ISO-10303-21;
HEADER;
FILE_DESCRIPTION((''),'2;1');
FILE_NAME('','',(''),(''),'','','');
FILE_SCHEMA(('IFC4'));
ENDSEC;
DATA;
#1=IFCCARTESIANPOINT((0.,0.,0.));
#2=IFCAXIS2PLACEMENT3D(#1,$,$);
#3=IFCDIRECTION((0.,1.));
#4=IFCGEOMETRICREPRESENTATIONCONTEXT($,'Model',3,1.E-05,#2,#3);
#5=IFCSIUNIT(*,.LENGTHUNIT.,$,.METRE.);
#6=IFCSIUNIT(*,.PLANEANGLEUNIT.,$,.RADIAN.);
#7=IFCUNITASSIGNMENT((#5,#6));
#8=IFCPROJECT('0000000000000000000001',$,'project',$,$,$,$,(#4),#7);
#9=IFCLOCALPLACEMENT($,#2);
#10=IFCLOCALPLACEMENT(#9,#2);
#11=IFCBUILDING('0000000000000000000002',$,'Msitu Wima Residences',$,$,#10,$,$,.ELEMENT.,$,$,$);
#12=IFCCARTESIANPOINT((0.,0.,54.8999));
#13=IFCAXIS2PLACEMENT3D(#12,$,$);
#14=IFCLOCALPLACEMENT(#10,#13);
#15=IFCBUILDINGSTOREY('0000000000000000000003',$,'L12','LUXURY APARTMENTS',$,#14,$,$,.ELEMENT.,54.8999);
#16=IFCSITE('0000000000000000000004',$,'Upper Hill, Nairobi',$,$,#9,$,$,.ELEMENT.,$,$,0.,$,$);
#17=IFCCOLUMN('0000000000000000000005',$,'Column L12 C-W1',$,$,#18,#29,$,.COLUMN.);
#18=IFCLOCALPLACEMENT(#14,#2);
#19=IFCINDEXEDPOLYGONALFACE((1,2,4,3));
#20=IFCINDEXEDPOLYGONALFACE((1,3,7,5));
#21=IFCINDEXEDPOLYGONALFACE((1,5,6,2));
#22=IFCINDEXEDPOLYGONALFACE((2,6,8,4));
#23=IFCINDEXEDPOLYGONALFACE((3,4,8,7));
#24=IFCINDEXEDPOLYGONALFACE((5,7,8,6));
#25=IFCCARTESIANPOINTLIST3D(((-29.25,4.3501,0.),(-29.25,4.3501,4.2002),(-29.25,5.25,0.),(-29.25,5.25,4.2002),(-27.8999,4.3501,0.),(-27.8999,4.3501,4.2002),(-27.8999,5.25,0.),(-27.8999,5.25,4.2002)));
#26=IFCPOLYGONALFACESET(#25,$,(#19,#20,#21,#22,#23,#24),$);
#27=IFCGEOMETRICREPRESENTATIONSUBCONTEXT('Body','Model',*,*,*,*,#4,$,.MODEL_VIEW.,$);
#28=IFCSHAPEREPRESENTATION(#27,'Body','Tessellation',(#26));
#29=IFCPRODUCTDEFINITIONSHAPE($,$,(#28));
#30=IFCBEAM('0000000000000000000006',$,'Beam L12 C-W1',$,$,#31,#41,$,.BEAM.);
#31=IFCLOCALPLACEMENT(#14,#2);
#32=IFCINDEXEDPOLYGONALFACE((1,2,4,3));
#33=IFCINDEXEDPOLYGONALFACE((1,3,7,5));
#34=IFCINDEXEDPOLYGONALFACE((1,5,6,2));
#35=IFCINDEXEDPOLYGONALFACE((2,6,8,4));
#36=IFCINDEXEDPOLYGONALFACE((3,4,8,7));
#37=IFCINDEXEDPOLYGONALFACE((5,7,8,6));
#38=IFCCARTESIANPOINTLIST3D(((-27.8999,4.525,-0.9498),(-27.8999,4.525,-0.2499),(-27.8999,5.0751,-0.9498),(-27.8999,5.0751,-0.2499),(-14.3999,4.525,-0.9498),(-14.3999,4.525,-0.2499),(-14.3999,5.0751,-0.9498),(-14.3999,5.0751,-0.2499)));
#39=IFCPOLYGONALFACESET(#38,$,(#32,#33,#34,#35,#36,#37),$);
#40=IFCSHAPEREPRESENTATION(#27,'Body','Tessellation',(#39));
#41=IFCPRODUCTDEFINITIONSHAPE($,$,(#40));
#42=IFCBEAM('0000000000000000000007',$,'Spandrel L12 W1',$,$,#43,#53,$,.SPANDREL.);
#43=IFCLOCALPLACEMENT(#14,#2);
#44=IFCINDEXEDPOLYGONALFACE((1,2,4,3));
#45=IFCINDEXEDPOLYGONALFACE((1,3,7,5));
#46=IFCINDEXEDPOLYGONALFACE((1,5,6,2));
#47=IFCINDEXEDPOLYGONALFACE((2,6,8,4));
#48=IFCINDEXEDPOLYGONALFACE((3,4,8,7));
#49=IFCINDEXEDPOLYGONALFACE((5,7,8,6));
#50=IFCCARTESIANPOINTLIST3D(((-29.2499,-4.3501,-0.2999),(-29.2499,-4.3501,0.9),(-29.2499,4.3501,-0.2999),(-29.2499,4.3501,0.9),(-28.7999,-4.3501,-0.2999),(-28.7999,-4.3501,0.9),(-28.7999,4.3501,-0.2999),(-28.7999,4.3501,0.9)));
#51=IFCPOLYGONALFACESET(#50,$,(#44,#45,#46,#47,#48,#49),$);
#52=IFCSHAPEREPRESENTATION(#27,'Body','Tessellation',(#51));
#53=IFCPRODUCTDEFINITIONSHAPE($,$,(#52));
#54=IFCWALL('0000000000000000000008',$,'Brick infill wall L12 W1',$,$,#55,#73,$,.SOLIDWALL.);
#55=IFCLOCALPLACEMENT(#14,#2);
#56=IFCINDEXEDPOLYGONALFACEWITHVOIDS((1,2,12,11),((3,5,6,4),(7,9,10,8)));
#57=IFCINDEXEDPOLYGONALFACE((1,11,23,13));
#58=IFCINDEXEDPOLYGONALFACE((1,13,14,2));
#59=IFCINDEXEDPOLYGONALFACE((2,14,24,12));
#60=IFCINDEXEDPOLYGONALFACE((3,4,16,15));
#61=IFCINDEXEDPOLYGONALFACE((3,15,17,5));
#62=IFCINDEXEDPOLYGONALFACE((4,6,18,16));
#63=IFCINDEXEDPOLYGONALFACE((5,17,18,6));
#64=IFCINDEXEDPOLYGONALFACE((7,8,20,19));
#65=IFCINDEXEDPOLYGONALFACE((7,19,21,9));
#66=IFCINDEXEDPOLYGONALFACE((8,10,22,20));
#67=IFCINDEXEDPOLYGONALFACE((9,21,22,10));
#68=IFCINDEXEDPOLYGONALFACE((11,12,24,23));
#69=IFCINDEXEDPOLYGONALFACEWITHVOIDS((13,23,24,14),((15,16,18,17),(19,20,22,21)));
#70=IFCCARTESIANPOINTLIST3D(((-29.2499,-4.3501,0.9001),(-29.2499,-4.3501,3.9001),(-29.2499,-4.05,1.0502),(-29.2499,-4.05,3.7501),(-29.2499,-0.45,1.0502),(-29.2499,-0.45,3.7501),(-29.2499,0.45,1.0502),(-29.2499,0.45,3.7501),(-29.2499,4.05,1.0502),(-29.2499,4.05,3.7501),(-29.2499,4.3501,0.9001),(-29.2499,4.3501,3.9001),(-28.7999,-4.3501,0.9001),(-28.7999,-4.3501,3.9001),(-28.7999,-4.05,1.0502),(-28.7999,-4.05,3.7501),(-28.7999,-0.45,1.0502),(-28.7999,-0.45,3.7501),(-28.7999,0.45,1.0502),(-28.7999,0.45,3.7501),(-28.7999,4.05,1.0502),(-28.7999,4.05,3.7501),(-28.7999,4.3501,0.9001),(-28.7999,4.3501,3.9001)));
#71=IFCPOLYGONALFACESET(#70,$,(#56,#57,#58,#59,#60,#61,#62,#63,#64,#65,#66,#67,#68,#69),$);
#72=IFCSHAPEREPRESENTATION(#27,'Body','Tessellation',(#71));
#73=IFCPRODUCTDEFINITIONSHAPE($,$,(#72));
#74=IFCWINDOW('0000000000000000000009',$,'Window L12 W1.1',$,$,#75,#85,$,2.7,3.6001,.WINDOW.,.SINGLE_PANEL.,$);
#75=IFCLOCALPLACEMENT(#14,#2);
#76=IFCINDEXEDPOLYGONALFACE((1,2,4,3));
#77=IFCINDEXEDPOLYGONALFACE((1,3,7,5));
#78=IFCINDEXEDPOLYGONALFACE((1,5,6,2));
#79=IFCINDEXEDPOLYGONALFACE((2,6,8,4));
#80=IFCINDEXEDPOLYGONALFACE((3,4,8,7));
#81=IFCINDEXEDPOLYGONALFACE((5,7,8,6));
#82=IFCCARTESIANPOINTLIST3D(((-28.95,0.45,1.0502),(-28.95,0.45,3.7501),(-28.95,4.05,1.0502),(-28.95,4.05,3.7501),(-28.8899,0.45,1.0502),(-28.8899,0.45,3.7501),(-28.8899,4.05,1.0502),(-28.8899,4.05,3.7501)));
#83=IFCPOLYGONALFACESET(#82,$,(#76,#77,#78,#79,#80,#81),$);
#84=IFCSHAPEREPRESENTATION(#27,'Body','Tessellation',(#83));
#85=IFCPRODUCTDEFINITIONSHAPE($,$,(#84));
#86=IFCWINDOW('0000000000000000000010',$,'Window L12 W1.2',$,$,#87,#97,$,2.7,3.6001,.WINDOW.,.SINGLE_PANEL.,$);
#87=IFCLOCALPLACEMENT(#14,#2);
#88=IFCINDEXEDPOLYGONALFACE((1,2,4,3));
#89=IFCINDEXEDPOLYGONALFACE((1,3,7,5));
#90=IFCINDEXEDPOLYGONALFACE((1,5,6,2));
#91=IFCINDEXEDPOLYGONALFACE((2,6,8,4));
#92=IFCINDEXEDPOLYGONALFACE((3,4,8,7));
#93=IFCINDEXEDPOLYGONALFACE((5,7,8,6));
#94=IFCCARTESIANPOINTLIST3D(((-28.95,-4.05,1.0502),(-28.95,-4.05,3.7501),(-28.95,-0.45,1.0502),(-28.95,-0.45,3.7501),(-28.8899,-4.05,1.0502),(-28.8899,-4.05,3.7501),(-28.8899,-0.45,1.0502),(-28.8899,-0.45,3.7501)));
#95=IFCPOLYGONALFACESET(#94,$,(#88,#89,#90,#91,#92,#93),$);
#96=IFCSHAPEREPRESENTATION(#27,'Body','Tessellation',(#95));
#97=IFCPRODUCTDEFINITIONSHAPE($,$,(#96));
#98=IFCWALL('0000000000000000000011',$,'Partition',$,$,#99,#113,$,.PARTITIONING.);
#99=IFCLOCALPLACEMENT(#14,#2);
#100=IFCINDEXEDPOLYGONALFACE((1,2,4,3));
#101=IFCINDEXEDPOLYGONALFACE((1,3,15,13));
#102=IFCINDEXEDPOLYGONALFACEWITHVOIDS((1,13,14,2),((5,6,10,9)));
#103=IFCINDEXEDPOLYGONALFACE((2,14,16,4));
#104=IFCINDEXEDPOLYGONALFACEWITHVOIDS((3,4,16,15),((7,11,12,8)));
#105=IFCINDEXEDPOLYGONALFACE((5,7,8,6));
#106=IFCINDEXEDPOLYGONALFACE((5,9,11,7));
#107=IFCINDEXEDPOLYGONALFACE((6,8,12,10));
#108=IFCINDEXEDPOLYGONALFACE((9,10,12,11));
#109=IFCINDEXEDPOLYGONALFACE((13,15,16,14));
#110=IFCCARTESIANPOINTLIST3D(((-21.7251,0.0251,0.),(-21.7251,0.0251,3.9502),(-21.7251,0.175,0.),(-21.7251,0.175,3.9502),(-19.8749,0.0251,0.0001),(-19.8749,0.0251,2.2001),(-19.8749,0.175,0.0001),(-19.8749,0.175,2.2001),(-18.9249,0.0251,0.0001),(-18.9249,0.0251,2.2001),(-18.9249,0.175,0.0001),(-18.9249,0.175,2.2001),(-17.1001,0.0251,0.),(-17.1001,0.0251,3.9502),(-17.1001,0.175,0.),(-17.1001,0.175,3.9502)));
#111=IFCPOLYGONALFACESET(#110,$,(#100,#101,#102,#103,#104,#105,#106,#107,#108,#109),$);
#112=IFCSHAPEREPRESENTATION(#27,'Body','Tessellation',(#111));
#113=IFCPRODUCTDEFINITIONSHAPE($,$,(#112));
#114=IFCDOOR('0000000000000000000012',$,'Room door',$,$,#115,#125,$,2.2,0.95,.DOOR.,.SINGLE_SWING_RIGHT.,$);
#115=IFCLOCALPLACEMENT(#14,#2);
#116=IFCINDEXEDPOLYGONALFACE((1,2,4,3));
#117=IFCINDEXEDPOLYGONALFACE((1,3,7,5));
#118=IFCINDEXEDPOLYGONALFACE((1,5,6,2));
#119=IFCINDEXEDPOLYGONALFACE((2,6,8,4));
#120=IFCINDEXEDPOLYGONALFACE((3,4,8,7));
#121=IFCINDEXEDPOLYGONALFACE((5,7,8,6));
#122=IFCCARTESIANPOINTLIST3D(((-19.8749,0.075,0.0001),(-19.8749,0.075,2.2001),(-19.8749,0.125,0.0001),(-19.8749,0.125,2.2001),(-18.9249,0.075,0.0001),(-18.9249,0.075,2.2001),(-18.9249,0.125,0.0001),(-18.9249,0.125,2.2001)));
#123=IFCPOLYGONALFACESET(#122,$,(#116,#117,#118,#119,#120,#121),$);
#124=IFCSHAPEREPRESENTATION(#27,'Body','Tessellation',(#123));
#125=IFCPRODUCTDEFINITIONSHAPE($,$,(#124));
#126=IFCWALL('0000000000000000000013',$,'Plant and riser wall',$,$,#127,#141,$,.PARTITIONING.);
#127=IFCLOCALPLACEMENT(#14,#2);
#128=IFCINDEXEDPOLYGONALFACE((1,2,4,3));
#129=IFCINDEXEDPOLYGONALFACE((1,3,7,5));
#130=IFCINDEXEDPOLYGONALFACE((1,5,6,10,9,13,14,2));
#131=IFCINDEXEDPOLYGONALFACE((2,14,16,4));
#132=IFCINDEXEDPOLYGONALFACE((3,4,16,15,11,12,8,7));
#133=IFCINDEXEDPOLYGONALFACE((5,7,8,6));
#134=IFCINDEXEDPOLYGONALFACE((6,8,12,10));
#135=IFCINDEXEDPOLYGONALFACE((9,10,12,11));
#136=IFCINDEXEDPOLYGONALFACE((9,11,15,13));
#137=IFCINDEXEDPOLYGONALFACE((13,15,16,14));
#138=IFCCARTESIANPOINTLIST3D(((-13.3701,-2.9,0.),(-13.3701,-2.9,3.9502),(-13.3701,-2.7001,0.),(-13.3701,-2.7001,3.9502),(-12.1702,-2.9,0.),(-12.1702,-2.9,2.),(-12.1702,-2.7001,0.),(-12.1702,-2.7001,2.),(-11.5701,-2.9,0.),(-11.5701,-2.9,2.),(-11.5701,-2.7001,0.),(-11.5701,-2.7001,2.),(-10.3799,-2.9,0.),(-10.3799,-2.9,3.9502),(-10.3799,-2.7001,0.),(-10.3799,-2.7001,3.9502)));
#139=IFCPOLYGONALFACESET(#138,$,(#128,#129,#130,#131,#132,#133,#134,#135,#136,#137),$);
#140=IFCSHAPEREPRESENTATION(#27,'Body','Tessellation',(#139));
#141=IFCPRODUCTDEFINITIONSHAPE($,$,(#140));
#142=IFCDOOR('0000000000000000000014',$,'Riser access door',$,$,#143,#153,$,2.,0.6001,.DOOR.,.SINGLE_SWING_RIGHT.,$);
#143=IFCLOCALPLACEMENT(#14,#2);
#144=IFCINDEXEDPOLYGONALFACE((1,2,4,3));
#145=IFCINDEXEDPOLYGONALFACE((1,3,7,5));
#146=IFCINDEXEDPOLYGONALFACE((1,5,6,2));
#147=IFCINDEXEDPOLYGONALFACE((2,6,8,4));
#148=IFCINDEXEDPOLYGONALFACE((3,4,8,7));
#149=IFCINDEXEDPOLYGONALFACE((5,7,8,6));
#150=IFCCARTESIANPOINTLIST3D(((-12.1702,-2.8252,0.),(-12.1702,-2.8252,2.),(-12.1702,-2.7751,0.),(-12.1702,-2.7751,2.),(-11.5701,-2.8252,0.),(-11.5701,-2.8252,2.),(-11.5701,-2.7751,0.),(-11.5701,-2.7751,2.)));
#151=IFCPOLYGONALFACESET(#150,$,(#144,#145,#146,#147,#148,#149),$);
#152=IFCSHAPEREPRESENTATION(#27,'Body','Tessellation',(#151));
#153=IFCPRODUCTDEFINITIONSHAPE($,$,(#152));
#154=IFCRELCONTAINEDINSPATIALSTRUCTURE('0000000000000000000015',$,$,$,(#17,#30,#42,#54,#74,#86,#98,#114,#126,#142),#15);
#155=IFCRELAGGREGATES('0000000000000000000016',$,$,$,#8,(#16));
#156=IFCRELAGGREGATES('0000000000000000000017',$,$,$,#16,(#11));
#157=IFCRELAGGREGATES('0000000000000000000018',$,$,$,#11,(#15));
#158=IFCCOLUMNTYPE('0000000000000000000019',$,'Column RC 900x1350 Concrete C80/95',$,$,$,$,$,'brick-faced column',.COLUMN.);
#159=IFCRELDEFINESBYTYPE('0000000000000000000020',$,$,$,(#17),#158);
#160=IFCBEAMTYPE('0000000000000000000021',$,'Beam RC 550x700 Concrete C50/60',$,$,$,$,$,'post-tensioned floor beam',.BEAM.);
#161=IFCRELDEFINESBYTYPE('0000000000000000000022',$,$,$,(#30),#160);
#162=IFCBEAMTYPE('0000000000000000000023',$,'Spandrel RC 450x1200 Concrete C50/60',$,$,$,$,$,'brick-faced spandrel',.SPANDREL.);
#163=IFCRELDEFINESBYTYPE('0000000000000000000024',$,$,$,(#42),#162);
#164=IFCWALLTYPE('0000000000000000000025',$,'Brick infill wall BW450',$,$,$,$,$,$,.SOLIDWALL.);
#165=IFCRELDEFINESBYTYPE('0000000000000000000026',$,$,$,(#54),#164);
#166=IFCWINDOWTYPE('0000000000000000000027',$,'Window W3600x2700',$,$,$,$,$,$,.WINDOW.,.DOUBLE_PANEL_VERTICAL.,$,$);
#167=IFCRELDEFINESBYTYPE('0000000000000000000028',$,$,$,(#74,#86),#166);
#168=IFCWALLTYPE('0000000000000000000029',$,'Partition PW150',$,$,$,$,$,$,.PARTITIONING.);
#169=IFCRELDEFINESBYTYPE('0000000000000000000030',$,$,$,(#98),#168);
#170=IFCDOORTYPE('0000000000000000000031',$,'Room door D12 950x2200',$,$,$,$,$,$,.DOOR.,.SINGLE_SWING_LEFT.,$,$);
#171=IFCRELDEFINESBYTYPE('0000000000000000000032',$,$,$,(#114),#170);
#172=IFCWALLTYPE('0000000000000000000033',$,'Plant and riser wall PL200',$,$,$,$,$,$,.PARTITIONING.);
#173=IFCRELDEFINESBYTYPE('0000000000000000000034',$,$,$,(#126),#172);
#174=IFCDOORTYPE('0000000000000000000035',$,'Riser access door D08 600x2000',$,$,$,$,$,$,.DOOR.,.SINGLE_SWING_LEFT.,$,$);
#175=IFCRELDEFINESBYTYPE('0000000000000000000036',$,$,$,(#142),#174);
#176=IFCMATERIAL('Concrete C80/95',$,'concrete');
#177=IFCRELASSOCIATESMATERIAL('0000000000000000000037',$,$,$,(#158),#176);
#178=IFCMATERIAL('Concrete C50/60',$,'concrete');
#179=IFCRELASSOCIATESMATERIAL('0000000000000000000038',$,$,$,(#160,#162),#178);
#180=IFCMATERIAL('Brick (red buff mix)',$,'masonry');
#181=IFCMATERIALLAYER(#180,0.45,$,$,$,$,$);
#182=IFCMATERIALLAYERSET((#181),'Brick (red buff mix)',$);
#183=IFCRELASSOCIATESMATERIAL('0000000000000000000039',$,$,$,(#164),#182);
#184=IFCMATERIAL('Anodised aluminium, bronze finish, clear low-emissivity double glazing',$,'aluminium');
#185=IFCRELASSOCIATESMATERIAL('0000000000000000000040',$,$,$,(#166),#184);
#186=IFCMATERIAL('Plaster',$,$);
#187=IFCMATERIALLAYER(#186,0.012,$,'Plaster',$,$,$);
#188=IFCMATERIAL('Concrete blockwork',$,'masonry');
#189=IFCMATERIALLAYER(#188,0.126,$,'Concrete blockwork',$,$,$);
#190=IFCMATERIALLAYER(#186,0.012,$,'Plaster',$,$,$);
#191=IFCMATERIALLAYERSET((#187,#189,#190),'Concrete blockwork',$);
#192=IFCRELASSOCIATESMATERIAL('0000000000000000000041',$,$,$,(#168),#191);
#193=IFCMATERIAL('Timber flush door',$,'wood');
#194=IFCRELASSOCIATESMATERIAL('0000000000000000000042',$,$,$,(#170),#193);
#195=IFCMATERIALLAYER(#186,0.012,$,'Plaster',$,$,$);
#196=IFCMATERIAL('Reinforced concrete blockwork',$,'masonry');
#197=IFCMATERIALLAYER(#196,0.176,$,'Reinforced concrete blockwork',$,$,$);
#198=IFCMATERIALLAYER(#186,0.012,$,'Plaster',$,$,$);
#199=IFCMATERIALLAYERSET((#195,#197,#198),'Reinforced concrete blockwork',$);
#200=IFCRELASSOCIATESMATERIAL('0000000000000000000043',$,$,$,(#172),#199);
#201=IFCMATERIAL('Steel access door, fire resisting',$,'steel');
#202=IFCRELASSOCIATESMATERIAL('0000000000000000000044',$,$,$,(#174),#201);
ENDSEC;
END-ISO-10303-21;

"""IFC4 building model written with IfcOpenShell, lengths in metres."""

from ifc_helpers import new_model, si_unit, direction, frame, frame_2d, origin, origin_2d, place, context, subcontext, project, spatial, rectangle, extrude, material, layer, layer_set, material_profile, profile_set, type_object, element, fill, save


model = new_model("IFC4")

# Units and contexts
model_context = context("Model", 3, precision=1e-05, world=origin(), true_north=direction((0.0, 1.0)))
body_context = subcontext(model_context, "Body", "Model", "MODEL_VIEW")
ifc_project = project(units=[si_unit("LENGTHUNIT", "METRE"), si_unit("PLANEANGLEUNIT", "RADIAN")], contexts=[model_context])

# Site, building, storey
site_placement = place(None, origin())
site = spatial("IfcSite", under=ifc_project, at=site_placement, Name="Upper Hill, Nairobi", CompositionType="ELEMENT", RefElevation=0.0)
building_placement = place(site_placement, origin())
building = spatial("IfcBuilding", under=site, at=building_placement, Name="Msitu Wima Residences", CompositionType="ELEMENT")
storey_placement = place(building_placement, frame((0.0, 0.0, 54.8999)))
storey = spatial("IfcBuildingStorey", under=building, at=storey_placement, Name="L12", Description="LUXURY APARTMENTS", CompositionType="ELEMENT", Elevation=54.8999)

# Column
ifc_material_1 = material(Name="Concrete C80/95", Category="concrete")
ifc_material_profile_1 = material_profile(ifc_material_1, rectangle(XDim=0.8999, YDim=1.3501, at=origin_2d()), Name="RC 900x1350")
ifc_profile_set_1 = profile_set([ifc_material_profile_1], Name="Concrete C80/95")
column_type = type_object("IfcColumnType", Name="Column RC 900x1350 Concrete C80/95", ElementType="brick-faced column", PredefinedType="COLUMN", material=ifc_profile_set_1)
column_placement = place(storey_placement, frame((-28.575, 4.8, 0.0), z_axis=(0.0, 0.0, 1.0), x_axis=(0.0, -1.0, 0.0)))
element("IfcColumn", 1, at=column_placement, inside=storey, type_object=column_type, Name="Column L12 C-W1", PredefinedType="COLUMN", context=body_context, shape_type="SweptSolid", body=[
    extrude(rectangle(XDim=0.8999, YDim=1.3501, at=origin_2d()), origin(), (0.0, 0.0, 1.0), 4.2002),
])

# Beams
ifc_material_2 = material(Name="Concrete C50/60", Category="concrete")
ifc_material_profile_2 = material_profile(ifc_material_2, rectangle(XDim=0.55, YDim=0.7, at=origin_2d()), Name="RC 550x700")
ifc_profile_set_2 = profile_set([ifc_material_profile_2], Name="Concrete C50/60")
beam_type_1 = type_object("IfcBeamType", Name="Beam RC 550x700 Concrete C50/60", ElementType="post-tensioned floor beam", PredefinedType="BEAM", material=ifc_profile_set_2)
beam_1_placement = place(storey_placement, frame((-27.8999, 4.8, -0.5999), z_axis=(1.0, 0.0, 0.0), x_axis=(0.0, 1.0, 0.0)))
element("IfcBeam", 2, at=beam_1_placement, inside=storey, type_object=beam_type_1, Name="Beam L12 C-W1", PredefinedType="BEAM", context=body_context, shape_type="SweptSolid", body=[
    extrude(rectangle(XDim=0.55, YDim=0.7, at=origin_2d()), origin(), (0.0, 0.0, 1.0), 13.5),
])
ifc_material_profile_3 = material_profile(ifc_material_2, rectangle(XDim=0.45, YDim=1.2, at=origin_2d()), Name="RC 450x1200")
ifc_profile_set_3 = profile_set([ifc_material_profile_3], Name="Concrete C50/60")
beam_type_2 = type_object("IfcBeamType", Name="Spandrel RC 450x1200 Concrete C50/60", ElementType="brick-faced spandrel", PredefinedType="SPANDREL", material=ifc_profile_set_3)
beam_2_placement = place(storey_placement, frame((-29.0249, 4.3501, 0.3), z_axis=(0.0, -1.0, 0.0), x_axis=(1.0, 0.0, 0.0)))
element("IfcBeam", 3, at=beam_2_placement, inside=storey, type_object=beam_type_2, Name="Spandrel L12 W1", PredefinedType="SPANDREL", context=body_context, shape_type="SweptSolid", body=[
    extrude(rectangle(XDim=0.45, YDim=1.2, at=origin_2d()), origin(), (0.0, 0.0, 1.0), 8.7002),
])

# Wall, openings, windows
ifc_material_3 = material(Name="Brick (red buff mix)", Category="masonry")
ifc_layer_1 = layer(ifc_material_3, 0.45)
ifc_layer_set_1 = layer_set([ifc_layer_1], Name="Brick (red buff mix)")
wall_type_1 = type_object("IfcWallType", Name="Brick infill wall BW450", PredefinedType="SOLIDWALL", material=ifc_layer_set_1)
wall_1_placement = place(storey_placement, frame((-29.0249, 4.3501, 0.9001), z_axis=(0.0, 0.0, 1.0), x_axis=(0.0, -1.0, 0.0)))
wall_1 = element("IfcWall", 4, at=wall_1_placement, inside=storey, type_object=wall_type_1, Name="Brick infill wall L12 W1", PredefinedType="SOLIDWALL", context=body_context, shape_type="SweptSolid", body=[
    extrude(rectangle(XDim=8.7002, YDim=0.45, at=frame_2d((4.3501, 0.0))), origin(), (0.0, 0.0, 1.0), 3.0),
])
opening_1_placement = place(wall_1_placement, frame((0.3, 0.0, 0.1499)))
opening_1 = element("IfcOpeningElement", 5, at=opening_1_placement, cuts=wall_1, PredefinedType="OPENING", context=body_context, shape_type="SweptSolid", body=[
    extrude(rectangle(XDim=3.6001, YDim=2.7, at=frame_2d((1.8, 1.3501))), frame((0.0, 0.2349, 0.0), z_axis=(0.0, -1.0, 0.0), x_axis=(1.0, 0.0, 0.0)), (0.0, 0.0, 1.0), 0.47),
])
opening_2_placement = place(wall_1_placement, frame((4.8, 0.0, 0.1499)))
opening_2 = element("IfcOpeningElement", 6, at=opening_2_placement, cuts=wall_1, PredefinedType="OPENING", context=body_context, shape_type="SweptSolid", body=[
    extrude(rectangle(XDim=3.6001, YDim=2.7, at=frame_2d((1.8, 1.3501))), frame((0.0, 0.2349, 0.0), z_axis=(0.0, -1.0, 0.0), x_axis=(1.0, 0.0, 0.0)), (0.0, 0.0, 1.0), 0.47),
])
ifc_material_4 = material(Name="Anodised aluminium, bronze finish, clear low-emissivity double glazing", Category="aluminium")
window_type = type_object("IfcWindowType", Name="Window W3600x2700", PartitioningType="DOUBLE_PANEL_VERTICAL", PredefinedType="WINDOW", material=ifc_material_4)
window_1_placement = place(opening_1_placement, origin())
window_1 = element("IfcWindow", 7, at=window_1_placement, inside=storey, type_object=window_type, Name="Window L12 W1.1", OverallHeight=2.7, OverallWidth=3.6001, PartitioningType="SINGLE_PANEL", PredefinedType="WINDOW", context=body_context, shape_type="SweptSolid", body=[
    extrude(rectangle(XDim=3.6001, YDim=2.7, at=frame_2d((1.8, 1.3501))), frame((0.0, 0.135, 0.0), z_axis=(0.0, -1.0, 0.0), x_axis=(1.0, 0.0, 0.0)), (0.0, 0.0, 1.0), 0.0601),
])
fill(opening_1, window_1)
window_2_placement = place(opening_2_placement, origin())
window_2 = element("IfcWindow", 8, at=window_2_placement, inside=storey, type_object=window_type, Name="Window L12 W1.2", OverallHeight=2.7, OverallWidth=3.6001, PartitioningType="SINGLE_PANEL", PredefinedType="WINDOW", context=body_context, shape_type="SweptSolid", body=[
    extrude(rectangle(XDim=3.6001, YDim=2.7, at=frame_2d((1.8, 1.3501))), frame((0.0, 0.135, 0.0), z_axis=(0.0, -1.0, 0.0), x_axis=(1.0, 0.0, 0.0)), (0.0, 0.0, 1.0), 0.0601),
])
fill(opening_2, window_2)

# Walls, openings, doors
ifc_material_5 = material(Name="Plaster")
ifc_layer_2 = layer(ifc_material_5, 0.012, Name="Plaster")
ifc_material_6 = material(Name="Concrete blockwork", Category="masonry")
ifc_layer_3 = layer(ifc_material_6, 0.126, Name="Concrete blockwork")
ifc_layer_4 = layer(ifc_material_5, 0.012, Name="Plaster")
ifc_layer_set_2 = layer_set([ifc_layer_2, ifc_layer_3, ifc_layer_4], Name="Concrete blockwork")
wall_type_2 = type_object("IfcWallType", Name="Partition PW150", PredefinedType="PARTITIONING", material=ifc_layer_set_2)
wall_2_placement = place(storey_placement, frame((-21.7251, 0.1001, 0.0), z_axis=(0.0, 0.0, 1.0), x_axis=(1.0, 0.0, 0.0)))
wall_2 = element("IfcWall", 9, at=wall_2_placement, inside=storey, type_object=wall_type_2, Name="Partition", PredefinedType="PARTITIONING", context=body_context, shape_type="SweptSolid", body=[
    extrude(rectangle(XDim=4.625, YDim=0.1499, at=frame_2d((2.3125, 0.0))), origin(), (0.0, 0.0, 1.0), 3.9502),
])
opening_3_placement = place(wall_2_placement, frame((1.8501, 0.0, 0.0)))
opening_3 = element("IfcOpeningElement", 10, at=opening_3_placement, cuts=wall_2, PredefinedType="OPENING", context=body_context, shape_type="SweptSolid", body=[
    extrude(rectangle(XDim=0.95, YDim=2.2, at=frame_2d((0.4751, 1.1001))), frame((0.0, 0.085, 0.0), z_axis=(0.0, -1.0, 0.0), x_axis=(1.0, 0.0, 0.0)), (0.0, 0.0, 1.0), 0.1699),
])
ifc_material_7 = material(Name="Timber flush door", Category="wood")
door_type_1 = type_object("IfcDoorType", Name="Room door D12 950x2200", OperationType="SINGLE_SWING_LEFT", PredefinedType="DOOR", material=ifc_material_7)
door_1_placement = place(opening_3_placement, origin())
door_1 = element("IfcDoor", 11, at=door_1_placement, inside=storey, type_object=door_type_1, Name="Room door", OperationType="SINGLE_SWING_RIGHT", OverallHeight=2.2, OverallWidth=0.95, PredefinedType="DOOR", context=body_context, shape_type="SweptSolid", body=[
    extrude(rectangle(XDim=0.95, YDim=2.2, at=frame_2d((0.4751, 1.1001))), frame((0.0, 0.0249, 0.0), z_axis=(0.0, -1.0, 0.0), x_axis=(1.0, 0.0, 0.0)), (0.0, 0.0, 1.0), 0.05),
])
fill(opening_3, door_1)
ifc_layer_5 = layer(ifc_material_5, 0.012, Name="Plaster")
ifc_material_8 = material(Name="Reinforced concrete blockwork", Category="masonry")
ifc_layer_6 = layer(ifc_material_8, 0.176, Name="Reinforced concrete blockwork")
ifc_layer_7 = layer(ifc_material_5, 0.012, Name="Plaster")
ifc_layer_set_3 = layer_set([ifc_layer_5, ifc_layer_6, ifc_layer_7], Name="Reinforced concrete blockwork")
wall_type_3 = type_object("IfcWallType", Name="Plant and riser wall PL200", PredefinedType="PARTITIONING", material=ifc_layer_set_3)
wall_3_placement = place(storey_placement, frame((-13.3701, -2.8, 0.0), z_axis=(0.0, 0.0, 1.0), x_axis=(1.0, 0.0, 0.0)))
wall_3 = element("IfcWall", 12, at=wall_3_placement, inside=storey, type_object=wall_type_3, Name="Plant and riser wall", PredefinedType="PARTITIONING", context=body_context, shape_type="SweptSolid", body=[
    extrude(rectangle(XDim=2.9902, YDim=0.2, at=frame_2d((1.4951, 0.0))), origin(), (0.0, 0.0, 1.0), 3.9502),
])
opening_4_placement = place(wall_3_placement, frame((1.2, 0.0, 0.0)))
opening_4 = element("IfcOpeningElement", 13, at=opening_4_placement, cuts=wall_3, PredefinedType="OPENING", context=body_context, shape_type="SweptSolid", body=[
    extrude(rectangle(XDim=0.6001, YDim=2.0, at=frame_2d((0.3, 1.0))), frame((0.0, 0.1099, 0.0), z_axis=(0.0, -1.0, 0.0), x_axis=(1.0, 0.0, 0.0)), (0.0, 0.0, 1.0), 0.22),
])
ifc_material_9 = material(Name="Steel access door, fire resisting", Category="steel")
door_type_2 = type_object("IfcDoorType", Name="Riser access door D08 600x2000", OperationType="SINGLE_SWING_LEFT", PredefinedType="DOOR", material=ifc_material_9)
door_2_placement = place(opening_4_placement, origin())
door_2 = element("IfcDoor", 14, at=door_2_placement, inside=storey, type_object=door_type_2, Name="Riser access door", OperationType="SINGLE_SWING_RIGHT", OverallHeight=2.0, OverallWidth=0.6001, PredefinedType="DOOR", context=body_context, shape_type="SweptSolid", body=[
    extrude(rectangle(XDim=0.6001, YDim=2.0, at=frame_2d((0.3, 1.0))), frame((0.0, 0.0249, 0.0), z_axis=(0.0, -1.0, 0.0), x_axis=(1.0, 0.0, 0.0)), (0.0, 0.0, 1.0), 0.05),
])
fill(opening_4, door_2)

save(model, "model.ifc")
